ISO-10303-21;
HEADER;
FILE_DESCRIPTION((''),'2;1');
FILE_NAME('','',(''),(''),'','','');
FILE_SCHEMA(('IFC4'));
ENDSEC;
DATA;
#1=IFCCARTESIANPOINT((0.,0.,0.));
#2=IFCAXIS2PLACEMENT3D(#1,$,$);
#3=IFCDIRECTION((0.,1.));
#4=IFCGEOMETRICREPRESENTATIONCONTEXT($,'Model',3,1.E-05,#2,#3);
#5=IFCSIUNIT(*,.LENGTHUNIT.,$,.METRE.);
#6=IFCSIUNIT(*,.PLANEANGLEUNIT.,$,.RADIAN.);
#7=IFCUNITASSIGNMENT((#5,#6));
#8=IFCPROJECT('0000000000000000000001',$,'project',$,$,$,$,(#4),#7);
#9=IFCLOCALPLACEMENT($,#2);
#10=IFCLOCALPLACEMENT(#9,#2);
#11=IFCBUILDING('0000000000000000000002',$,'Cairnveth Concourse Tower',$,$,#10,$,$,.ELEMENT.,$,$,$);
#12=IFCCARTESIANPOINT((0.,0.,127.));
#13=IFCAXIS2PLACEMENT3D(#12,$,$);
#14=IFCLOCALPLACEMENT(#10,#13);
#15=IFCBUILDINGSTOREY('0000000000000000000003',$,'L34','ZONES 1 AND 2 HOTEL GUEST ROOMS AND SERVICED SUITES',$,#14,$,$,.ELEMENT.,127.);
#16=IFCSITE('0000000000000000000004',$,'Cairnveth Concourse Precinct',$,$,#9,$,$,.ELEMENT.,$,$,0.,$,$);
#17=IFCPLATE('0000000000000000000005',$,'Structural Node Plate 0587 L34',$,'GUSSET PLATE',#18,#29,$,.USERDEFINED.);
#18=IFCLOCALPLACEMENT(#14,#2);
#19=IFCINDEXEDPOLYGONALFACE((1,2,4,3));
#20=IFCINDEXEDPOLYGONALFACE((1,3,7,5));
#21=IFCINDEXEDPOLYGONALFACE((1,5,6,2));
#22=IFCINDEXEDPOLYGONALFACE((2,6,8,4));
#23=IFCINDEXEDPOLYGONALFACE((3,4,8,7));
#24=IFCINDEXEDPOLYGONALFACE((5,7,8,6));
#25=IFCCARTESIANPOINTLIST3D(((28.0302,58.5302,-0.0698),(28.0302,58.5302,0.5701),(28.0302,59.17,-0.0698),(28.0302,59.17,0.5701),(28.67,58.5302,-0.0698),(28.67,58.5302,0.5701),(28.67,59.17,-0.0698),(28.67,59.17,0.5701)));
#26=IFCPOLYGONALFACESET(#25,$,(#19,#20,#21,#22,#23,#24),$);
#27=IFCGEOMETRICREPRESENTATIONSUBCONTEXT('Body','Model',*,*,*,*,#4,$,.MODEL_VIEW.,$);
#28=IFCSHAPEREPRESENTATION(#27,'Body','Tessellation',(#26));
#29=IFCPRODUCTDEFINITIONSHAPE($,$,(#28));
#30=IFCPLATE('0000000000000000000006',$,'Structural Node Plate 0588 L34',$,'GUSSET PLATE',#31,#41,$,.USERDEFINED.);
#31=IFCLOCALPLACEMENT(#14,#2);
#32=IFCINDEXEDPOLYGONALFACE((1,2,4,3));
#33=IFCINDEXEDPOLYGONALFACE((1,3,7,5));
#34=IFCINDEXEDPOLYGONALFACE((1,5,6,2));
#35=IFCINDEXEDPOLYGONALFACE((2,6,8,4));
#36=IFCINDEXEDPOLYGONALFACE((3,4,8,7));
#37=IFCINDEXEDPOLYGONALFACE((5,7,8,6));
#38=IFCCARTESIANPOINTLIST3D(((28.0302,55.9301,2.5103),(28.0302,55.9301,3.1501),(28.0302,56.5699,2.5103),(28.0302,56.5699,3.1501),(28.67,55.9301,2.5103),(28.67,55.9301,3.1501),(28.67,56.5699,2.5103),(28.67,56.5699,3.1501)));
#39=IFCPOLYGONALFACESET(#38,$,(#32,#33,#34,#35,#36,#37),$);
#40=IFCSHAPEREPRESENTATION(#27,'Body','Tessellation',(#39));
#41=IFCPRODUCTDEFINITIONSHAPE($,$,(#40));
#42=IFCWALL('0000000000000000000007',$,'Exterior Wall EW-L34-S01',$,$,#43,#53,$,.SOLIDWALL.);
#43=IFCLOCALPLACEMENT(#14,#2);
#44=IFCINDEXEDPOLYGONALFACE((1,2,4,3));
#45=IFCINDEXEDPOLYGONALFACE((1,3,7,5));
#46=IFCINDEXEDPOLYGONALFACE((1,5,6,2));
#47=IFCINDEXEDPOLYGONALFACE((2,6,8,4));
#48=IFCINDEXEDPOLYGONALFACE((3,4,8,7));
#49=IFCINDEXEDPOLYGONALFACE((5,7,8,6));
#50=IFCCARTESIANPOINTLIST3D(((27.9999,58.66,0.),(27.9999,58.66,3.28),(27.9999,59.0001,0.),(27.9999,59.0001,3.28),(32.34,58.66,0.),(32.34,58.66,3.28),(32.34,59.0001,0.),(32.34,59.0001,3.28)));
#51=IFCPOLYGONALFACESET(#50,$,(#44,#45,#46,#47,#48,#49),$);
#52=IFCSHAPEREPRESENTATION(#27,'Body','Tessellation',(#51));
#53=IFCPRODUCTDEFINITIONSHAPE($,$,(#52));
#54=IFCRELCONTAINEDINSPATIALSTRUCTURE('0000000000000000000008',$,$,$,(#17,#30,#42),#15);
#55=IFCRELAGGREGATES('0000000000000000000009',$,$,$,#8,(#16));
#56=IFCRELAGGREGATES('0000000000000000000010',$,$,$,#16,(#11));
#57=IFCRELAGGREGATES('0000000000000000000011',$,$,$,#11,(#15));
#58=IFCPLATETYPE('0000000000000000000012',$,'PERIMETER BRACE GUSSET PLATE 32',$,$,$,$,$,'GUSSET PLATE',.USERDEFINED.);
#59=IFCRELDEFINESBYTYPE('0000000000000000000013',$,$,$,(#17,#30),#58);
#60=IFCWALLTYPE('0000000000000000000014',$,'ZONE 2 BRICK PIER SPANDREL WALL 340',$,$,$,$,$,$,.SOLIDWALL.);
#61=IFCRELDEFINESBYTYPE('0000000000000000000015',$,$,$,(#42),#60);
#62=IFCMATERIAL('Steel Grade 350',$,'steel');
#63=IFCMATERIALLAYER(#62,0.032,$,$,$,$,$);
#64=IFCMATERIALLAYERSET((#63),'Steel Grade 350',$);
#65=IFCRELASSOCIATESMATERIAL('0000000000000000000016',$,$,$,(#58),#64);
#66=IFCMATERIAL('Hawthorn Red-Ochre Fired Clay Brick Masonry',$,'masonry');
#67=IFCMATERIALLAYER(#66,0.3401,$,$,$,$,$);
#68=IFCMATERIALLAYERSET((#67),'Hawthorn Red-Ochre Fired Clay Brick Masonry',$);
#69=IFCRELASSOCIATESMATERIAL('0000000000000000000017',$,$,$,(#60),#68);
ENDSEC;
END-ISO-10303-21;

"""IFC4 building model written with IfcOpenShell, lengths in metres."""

from ifc_helpers import new_model, si_unit, direction, frame, frame_2d, origin, origin_2d, place, context, subcontext, project, spatial, rectangle, extrude, material, layer, layer_set, type_object, element, save


model = new_model("IFC4")

# Units and contexts
model_context = context("Model", 3, precision=1e-05, world=origin(), true_north=direction((0.0, 1.0)))
body_context = subcontext(model_context, "Body", "Model", "MODEL_VIEW")
ifc_project = project(units=[si_unit("LENGTHUNIT", "METRE"), si_unit("PLANEANGLEUNIT", "RADIAN")], contexts=[model_context])

# Site, building, storey
site_placement = place(None, origin())
site = spatial("IfcSite", under=ifc_project, at=site_placement, Name="Cairnveth Concourse Precinct", CompositionType="ELEMENT", RefElevation=0.0)
building_placement = place(site_placement, origin())
building = spatial("IfcBuilding", under=site, at=building_placement, Name="Cairnveth Concourse Tower", CompositionType="ELEMENT")
storey_placement = place(building_placement, frame((0.0, 0.0, 127.0)))
storey = spatial("IfcBuildingStorey", under=building, at=storey_placement, Name="L34", Description="ZONES 1 AND 2 HOTEL GUEST ROOMS AND SERVICED SUITES", CompositionType="ELEMENT", Elevation=127.0)

# Shared definitions
ifc_material_1 = material(Name="Steel Grade 350", Category="steel")

# Plates
ifc_layer_1 = layer(ifc_material_1, 0.032)
ifc_layer_set_1 = layer_set([ifc_layer_1], Name="Steel Grade 350")
plate_type = type_object("IfcPlateType", Name="PERIMETER BRACE GUSSET PLATE 32", ElementType="GUSSET PLATE", PredefinedType="USERDEFINED", material=ifc_layer_set_1)
for number, where, z_axis, x_axis, name in (
    (1, (28.3501, 58.8501, -0.0698), (0.0, 0.0, 1.0), (1.0, 0.0, 0.0), "Structural Node Plate 0587 L34"),
    (2, (28.3501, 56.25, 2.5103), (0.0, 0.0, 1.0), (1.0, 0.0, 0.0), "Structural Node Plate 0588 L34"),
):
    element("IfcPlate", number, at=place(storey_placement, frame(where, z_axis=z_axis, x_axis=x_axis)), inside=storey, type_object=plate_type, Name=name, ObjectType="GUSSET PLATE", PredefinedType="USERDEFINED", context=body_context, shape_type="SweptSolid", body=[
        extrude(rectangle(XDim=0.6399, YDim=0.6399, at=origin_2d()), origin(), (0.0, 0.0, 1.0), 0.6399),
    ])

# Wall
ifc_material_2 = material(Name="Hawthorn Red-Ochre Fired Clay Brick Masonry", Category="masonry")
ifc_layer_2 = layer(ifc_material_2, 0.3401)
ifc_layer_set_2 = layer_set([ifc_layer_2], Name="Hawthorn Red-Ochre Fired Clay Brick Masonry")
wall_type = type_object("IfcWallType", Name="ZONE 2 BRICK PIER SPANDREL WALL 340", PredefinedType="SOLIDWALL", material=ifc_layer_set_2)
wall_1_placement = place(storey_placement, frame((28.0, 58.8301, 0.0), z_axis=(0.0, 0.0, 1.0), x_axis=(1.0, 0.0, 0.0)))
element("IfcWall", 3, at=wall_1_placement, inside=storey, type_object=wall_type, Name="Exterior Wall EW-L34-S01", PredefinedType="SOLIDWALL", context=body_context, shape_type="SweptSolid", body=[
    extrude(rectangle(XDim=4.3401, YDim=0.3401, at=frame_2d((2.1699, 0.0))), origin(), (0.0, 0.0, 1.0), 3.28),
])

save(model, "model.ifc")
